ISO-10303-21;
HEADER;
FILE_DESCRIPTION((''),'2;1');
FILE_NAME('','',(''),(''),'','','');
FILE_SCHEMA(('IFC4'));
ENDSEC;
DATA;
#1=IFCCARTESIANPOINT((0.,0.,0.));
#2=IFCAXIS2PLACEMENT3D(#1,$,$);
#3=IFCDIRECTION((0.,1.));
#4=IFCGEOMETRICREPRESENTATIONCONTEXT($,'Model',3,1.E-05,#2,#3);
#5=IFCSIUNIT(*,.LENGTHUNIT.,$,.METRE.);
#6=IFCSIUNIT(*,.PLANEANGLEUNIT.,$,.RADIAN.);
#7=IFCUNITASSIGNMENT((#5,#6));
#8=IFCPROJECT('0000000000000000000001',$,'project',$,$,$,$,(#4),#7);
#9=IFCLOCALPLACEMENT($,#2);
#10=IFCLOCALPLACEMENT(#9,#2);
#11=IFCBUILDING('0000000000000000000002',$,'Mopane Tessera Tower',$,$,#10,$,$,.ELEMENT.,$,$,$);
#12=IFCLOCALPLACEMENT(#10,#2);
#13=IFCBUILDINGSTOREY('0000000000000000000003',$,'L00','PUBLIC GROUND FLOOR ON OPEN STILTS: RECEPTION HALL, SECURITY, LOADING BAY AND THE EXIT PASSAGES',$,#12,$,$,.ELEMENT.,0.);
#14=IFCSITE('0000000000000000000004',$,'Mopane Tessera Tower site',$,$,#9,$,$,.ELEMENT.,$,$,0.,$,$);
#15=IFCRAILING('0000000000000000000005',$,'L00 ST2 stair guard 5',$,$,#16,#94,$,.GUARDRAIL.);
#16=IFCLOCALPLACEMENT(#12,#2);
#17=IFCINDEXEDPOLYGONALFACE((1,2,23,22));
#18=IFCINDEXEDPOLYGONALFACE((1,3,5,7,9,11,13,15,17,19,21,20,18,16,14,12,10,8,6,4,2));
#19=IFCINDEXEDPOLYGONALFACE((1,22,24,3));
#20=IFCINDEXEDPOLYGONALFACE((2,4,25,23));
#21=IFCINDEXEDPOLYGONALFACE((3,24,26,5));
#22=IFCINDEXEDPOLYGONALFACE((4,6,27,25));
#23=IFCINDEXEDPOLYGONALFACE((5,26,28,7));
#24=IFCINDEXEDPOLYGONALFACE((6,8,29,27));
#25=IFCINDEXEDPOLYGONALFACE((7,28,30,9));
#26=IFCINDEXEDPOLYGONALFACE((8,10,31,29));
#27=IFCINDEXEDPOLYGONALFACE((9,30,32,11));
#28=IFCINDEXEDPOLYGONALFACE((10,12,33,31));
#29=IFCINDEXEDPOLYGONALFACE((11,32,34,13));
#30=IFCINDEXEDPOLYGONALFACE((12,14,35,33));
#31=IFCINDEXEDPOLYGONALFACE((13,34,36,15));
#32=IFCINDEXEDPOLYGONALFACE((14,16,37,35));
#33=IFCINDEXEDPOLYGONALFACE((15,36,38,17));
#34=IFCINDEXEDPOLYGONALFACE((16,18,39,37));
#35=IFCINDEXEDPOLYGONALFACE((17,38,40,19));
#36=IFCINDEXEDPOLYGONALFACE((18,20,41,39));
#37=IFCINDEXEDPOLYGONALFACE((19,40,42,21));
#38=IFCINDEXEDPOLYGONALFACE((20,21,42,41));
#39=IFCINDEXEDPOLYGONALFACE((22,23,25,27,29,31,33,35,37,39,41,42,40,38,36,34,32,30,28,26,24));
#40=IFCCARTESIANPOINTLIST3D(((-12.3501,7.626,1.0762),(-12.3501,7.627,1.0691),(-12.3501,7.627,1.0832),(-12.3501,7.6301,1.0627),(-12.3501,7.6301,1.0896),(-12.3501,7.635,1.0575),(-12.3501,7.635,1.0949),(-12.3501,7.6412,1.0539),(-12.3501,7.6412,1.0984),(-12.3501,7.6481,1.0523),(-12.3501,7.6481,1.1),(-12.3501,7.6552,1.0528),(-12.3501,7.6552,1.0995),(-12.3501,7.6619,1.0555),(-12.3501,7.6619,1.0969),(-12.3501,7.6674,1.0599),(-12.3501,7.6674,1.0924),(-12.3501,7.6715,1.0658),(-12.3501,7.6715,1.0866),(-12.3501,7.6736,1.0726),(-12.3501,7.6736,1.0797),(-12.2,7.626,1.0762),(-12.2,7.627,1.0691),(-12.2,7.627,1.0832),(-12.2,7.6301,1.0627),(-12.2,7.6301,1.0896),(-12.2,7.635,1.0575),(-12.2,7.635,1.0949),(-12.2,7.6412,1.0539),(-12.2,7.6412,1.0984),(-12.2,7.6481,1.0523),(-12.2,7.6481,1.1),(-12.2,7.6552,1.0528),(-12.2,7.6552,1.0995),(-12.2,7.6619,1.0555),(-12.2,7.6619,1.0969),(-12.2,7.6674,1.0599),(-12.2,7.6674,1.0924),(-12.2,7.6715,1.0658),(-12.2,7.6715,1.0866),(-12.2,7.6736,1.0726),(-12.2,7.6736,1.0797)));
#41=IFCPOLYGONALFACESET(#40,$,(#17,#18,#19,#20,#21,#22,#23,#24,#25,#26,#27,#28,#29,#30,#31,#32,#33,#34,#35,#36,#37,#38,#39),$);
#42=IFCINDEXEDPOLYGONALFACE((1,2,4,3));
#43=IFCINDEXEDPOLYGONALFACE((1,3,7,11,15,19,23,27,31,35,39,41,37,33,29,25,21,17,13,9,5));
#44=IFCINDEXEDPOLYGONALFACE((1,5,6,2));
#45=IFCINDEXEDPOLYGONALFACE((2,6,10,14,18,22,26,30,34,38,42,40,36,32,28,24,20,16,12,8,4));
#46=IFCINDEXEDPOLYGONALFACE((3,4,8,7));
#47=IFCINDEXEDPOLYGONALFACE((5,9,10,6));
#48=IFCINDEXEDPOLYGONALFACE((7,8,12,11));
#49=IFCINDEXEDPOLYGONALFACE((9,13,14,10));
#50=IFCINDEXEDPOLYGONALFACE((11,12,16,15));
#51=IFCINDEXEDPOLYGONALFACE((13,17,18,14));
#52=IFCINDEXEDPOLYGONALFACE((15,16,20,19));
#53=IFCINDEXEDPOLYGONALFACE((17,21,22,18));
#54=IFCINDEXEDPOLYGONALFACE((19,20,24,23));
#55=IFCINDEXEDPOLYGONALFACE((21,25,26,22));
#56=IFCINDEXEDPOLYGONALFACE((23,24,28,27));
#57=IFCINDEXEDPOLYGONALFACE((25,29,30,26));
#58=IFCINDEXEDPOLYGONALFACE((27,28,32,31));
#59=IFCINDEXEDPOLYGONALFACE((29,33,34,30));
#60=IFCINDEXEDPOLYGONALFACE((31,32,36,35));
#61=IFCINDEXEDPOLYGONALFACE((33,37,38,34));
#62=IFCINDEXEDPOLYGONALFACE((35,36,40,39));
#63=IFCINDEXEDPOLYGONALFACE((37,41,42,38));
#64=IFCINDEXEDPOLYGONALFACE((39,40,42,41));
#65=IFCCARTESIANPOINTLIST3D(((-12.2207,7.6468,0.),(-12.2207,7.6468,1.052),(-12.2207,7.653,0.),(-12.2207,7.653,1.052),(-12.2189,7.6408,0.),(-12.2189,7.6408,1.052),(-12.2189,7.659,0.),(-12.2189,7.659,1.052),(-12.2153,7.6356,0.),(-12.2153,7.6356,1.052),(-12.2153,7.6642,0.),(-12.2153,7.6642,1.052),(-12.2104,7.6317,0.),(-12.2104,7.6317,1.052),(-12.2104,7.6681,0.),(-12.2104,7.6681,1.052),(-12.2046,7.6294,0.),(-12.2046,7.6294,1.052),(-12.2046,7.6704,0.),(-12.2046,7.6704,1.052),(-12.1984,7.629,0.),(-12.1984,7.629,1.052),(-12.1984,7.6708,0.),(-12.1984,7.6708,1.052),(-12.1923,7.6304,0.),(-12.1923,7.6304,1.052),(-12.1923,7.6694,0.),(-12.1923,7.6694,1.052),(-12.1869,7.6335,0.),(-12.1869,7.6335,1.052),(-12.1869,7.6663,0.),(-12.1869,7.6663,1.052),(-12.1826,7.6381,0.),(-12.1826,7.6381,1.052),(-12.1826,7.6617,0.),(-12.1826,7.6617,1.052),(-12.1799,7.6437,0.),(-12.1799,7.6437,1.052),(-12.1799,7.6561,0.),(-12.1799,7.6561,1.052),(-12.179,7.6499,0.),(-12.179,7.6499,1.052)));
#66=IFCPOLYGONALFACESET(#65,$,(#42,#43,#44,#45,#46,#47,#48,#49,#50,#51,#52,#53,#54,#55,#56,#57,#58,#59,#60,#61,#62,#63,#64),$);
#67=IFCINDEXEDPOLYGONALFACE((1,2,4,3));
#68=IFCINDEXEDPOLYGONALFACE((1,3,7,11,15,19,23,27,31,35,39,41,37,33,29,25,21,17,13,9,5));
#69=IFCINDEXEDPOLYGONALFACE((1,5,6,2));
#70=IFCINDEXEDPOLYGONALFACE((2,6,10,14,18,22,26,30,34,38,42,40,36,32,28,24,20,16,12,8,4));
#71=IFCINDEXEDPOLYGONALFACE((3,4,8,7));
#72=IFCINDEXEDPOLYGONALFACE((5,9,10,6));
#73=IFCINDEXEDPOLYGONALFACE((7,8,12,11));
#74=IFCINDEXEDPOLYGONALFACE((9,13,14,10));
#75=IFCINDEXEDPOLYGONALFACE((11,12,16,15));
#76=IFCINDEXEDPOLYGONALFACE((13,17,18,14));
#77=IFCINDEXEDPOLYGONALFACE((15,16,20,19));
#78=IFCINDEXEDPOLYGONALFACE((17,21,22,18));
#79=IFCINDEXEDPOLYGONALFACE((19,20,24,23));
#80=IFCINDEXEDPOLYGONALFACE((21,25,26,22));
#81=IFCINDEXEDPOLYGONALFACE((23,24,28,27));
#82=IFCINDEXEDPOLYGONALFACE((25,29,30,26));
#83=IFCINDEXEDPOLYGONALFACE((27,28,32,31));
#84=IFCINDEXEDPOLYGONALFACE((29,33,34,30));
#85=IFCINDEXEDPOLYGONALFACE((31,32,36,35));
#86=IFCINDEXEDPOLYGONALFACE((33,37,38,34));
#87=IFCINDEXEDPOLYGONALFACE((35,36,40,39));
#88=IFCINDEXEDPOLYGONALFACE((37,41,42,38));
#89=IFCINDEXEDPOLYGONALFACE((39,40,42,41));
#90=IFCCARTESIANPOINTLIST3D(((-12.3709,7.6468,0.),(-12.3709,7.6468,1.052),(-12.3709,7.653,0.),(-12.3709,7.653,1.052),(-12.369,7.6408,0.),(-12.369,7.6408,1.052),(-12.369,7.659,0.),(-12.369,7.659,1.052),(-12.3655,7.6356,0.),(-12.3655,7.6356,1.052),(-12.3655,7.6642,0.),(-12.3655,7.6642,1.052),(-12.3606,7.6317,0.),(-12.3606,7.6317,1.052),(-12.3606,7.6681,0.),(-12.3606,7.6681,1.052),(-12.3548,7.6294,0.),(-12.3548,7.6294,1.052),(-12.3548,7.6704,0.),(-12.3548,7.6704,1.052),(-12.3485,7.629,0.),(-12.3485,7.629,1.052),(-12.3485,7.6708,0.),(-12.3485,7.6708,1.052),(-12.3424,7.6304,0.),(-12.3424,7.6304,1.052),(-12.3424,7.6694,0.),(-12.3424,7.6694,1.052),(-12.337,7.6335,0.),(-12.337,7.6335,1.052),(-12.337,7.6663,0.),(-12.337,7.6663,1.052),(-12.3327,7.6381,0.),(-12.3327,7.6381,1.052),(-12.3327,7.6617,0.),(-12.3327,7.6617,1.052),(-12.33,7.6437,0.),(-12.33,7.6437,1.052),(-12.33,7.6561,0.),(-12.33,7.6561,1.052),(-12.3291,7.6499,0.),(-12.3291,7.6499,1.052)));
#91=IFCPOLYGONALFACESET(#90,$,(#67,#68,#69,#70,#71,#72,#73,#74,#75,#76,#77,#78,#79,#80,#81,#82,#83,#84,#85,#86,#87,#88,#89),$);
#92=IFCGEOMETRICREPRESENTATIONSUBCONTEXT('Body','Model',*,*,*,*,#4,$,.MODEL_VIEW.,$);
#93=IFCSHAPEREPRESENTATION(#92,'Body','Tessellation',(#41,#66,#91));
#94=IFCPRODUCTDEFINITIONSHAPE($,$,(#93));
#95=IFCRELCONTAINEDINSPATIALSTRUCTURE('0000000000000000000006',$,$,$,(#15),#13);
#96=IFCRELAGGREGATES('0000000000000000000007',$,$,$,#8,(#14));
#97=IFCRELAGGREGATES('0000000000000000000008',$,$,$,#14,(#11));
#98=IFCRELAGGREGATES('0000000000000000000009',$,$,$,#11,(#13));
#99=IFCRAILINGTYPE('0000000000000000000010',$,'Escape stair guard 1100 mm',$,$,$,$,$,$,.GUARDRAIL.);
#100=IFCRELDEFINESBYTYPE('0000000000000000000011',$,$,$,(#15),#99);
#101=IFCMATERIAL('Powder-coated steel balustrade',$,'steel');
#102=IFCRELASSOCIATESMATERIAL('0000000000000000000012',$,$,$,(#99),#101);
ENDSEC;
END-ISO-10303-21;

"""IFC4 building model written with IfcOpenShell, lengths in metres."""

from ifc_helpers import new_model, si_unit, direction, frame, origin, origin_2d, place, context, subcontext, project, spatial, circle, extrude, material, type_object, element, save


model = new_model("IFC4")

# Units and contexts
model_context = context("Model", 3, precision=1e-05, world=origin(), true_north=direction((0.0, 1.0)))
body_context = subcontext(model_context, "Body", "Model", "MODEL_VIEW")
ifc_project = project(units=[si_unit("LENGTHUNIT", "METRE"), si_unit("PLANEANGLEUNIT", "RADIAN")], contexts=[model_context])

# Site, building, storey
site_placement = place(None, origin())
site = spatial("IfcSite", under=ifc_project, at=site_placement, Name="Mopane Tessera Tower site", CompositionType="ELEMENT", RefElevation=0.0)
building_placement = place(site_placement, origin())
building = spatial("IfcBuilding", under=site, at=building_placement, Name="Mopane Tessera Tower", CompositionType="ELEMENT")
storey_placement = place(building_placement, origin())
storey = spatial("IfcBuildingStorey", under=building, at=storey_placement, Name="L00", Description="PUBLIC GROUND FLOOR ON OPEN STILTS: RECEPTION HALL, SECURITY, LOADING BAY AND THE EXIT PASSAGES", CompositionType="ELEMENT", Elevation=0.0)

# Railing
ifc_material_1 = material(Name="Powder-coated steel balustrade", Category="steel")
railing_type = type_object("IfcRailingType", Name="Escape stair guard 1100 mm", PredefinedType="GUARDRAIL", material=ifc_material_1)
railing_1_placement = place(storey_placement, frame((-12.2, 7.6499, 0.0)))
element("IfcRailing", 1, at=railing_1_placement, inside=storey, type_object=railing_type, Name="L00 ST2 stair guard 5", PredefinedType="GUARDRAIL", context=body_context, shape_type="SweptSolid", body=[
    extrude(circle(Radius=0.0239, at=origin_2d()), frame((0.0, 0.0, 1.0762), z_axis=(-1.0, 0.0, 0.0), x_axis=(0.0, -1.0, 0.0)), (0.0, 0.0, 1.0), 0.1501),
    extrude(circle(Radius=0.021, at=origin_2d()), origin(), (0.0, 0.0, 1.0), 1.052),
    extrude(circle(Radius=0.021, at=origin_2d()), frame((-0.1501, 0.0, 0.0)), (0.0, 0.0, 1.0), 1.052),
])

save(model, "model.ifc")
